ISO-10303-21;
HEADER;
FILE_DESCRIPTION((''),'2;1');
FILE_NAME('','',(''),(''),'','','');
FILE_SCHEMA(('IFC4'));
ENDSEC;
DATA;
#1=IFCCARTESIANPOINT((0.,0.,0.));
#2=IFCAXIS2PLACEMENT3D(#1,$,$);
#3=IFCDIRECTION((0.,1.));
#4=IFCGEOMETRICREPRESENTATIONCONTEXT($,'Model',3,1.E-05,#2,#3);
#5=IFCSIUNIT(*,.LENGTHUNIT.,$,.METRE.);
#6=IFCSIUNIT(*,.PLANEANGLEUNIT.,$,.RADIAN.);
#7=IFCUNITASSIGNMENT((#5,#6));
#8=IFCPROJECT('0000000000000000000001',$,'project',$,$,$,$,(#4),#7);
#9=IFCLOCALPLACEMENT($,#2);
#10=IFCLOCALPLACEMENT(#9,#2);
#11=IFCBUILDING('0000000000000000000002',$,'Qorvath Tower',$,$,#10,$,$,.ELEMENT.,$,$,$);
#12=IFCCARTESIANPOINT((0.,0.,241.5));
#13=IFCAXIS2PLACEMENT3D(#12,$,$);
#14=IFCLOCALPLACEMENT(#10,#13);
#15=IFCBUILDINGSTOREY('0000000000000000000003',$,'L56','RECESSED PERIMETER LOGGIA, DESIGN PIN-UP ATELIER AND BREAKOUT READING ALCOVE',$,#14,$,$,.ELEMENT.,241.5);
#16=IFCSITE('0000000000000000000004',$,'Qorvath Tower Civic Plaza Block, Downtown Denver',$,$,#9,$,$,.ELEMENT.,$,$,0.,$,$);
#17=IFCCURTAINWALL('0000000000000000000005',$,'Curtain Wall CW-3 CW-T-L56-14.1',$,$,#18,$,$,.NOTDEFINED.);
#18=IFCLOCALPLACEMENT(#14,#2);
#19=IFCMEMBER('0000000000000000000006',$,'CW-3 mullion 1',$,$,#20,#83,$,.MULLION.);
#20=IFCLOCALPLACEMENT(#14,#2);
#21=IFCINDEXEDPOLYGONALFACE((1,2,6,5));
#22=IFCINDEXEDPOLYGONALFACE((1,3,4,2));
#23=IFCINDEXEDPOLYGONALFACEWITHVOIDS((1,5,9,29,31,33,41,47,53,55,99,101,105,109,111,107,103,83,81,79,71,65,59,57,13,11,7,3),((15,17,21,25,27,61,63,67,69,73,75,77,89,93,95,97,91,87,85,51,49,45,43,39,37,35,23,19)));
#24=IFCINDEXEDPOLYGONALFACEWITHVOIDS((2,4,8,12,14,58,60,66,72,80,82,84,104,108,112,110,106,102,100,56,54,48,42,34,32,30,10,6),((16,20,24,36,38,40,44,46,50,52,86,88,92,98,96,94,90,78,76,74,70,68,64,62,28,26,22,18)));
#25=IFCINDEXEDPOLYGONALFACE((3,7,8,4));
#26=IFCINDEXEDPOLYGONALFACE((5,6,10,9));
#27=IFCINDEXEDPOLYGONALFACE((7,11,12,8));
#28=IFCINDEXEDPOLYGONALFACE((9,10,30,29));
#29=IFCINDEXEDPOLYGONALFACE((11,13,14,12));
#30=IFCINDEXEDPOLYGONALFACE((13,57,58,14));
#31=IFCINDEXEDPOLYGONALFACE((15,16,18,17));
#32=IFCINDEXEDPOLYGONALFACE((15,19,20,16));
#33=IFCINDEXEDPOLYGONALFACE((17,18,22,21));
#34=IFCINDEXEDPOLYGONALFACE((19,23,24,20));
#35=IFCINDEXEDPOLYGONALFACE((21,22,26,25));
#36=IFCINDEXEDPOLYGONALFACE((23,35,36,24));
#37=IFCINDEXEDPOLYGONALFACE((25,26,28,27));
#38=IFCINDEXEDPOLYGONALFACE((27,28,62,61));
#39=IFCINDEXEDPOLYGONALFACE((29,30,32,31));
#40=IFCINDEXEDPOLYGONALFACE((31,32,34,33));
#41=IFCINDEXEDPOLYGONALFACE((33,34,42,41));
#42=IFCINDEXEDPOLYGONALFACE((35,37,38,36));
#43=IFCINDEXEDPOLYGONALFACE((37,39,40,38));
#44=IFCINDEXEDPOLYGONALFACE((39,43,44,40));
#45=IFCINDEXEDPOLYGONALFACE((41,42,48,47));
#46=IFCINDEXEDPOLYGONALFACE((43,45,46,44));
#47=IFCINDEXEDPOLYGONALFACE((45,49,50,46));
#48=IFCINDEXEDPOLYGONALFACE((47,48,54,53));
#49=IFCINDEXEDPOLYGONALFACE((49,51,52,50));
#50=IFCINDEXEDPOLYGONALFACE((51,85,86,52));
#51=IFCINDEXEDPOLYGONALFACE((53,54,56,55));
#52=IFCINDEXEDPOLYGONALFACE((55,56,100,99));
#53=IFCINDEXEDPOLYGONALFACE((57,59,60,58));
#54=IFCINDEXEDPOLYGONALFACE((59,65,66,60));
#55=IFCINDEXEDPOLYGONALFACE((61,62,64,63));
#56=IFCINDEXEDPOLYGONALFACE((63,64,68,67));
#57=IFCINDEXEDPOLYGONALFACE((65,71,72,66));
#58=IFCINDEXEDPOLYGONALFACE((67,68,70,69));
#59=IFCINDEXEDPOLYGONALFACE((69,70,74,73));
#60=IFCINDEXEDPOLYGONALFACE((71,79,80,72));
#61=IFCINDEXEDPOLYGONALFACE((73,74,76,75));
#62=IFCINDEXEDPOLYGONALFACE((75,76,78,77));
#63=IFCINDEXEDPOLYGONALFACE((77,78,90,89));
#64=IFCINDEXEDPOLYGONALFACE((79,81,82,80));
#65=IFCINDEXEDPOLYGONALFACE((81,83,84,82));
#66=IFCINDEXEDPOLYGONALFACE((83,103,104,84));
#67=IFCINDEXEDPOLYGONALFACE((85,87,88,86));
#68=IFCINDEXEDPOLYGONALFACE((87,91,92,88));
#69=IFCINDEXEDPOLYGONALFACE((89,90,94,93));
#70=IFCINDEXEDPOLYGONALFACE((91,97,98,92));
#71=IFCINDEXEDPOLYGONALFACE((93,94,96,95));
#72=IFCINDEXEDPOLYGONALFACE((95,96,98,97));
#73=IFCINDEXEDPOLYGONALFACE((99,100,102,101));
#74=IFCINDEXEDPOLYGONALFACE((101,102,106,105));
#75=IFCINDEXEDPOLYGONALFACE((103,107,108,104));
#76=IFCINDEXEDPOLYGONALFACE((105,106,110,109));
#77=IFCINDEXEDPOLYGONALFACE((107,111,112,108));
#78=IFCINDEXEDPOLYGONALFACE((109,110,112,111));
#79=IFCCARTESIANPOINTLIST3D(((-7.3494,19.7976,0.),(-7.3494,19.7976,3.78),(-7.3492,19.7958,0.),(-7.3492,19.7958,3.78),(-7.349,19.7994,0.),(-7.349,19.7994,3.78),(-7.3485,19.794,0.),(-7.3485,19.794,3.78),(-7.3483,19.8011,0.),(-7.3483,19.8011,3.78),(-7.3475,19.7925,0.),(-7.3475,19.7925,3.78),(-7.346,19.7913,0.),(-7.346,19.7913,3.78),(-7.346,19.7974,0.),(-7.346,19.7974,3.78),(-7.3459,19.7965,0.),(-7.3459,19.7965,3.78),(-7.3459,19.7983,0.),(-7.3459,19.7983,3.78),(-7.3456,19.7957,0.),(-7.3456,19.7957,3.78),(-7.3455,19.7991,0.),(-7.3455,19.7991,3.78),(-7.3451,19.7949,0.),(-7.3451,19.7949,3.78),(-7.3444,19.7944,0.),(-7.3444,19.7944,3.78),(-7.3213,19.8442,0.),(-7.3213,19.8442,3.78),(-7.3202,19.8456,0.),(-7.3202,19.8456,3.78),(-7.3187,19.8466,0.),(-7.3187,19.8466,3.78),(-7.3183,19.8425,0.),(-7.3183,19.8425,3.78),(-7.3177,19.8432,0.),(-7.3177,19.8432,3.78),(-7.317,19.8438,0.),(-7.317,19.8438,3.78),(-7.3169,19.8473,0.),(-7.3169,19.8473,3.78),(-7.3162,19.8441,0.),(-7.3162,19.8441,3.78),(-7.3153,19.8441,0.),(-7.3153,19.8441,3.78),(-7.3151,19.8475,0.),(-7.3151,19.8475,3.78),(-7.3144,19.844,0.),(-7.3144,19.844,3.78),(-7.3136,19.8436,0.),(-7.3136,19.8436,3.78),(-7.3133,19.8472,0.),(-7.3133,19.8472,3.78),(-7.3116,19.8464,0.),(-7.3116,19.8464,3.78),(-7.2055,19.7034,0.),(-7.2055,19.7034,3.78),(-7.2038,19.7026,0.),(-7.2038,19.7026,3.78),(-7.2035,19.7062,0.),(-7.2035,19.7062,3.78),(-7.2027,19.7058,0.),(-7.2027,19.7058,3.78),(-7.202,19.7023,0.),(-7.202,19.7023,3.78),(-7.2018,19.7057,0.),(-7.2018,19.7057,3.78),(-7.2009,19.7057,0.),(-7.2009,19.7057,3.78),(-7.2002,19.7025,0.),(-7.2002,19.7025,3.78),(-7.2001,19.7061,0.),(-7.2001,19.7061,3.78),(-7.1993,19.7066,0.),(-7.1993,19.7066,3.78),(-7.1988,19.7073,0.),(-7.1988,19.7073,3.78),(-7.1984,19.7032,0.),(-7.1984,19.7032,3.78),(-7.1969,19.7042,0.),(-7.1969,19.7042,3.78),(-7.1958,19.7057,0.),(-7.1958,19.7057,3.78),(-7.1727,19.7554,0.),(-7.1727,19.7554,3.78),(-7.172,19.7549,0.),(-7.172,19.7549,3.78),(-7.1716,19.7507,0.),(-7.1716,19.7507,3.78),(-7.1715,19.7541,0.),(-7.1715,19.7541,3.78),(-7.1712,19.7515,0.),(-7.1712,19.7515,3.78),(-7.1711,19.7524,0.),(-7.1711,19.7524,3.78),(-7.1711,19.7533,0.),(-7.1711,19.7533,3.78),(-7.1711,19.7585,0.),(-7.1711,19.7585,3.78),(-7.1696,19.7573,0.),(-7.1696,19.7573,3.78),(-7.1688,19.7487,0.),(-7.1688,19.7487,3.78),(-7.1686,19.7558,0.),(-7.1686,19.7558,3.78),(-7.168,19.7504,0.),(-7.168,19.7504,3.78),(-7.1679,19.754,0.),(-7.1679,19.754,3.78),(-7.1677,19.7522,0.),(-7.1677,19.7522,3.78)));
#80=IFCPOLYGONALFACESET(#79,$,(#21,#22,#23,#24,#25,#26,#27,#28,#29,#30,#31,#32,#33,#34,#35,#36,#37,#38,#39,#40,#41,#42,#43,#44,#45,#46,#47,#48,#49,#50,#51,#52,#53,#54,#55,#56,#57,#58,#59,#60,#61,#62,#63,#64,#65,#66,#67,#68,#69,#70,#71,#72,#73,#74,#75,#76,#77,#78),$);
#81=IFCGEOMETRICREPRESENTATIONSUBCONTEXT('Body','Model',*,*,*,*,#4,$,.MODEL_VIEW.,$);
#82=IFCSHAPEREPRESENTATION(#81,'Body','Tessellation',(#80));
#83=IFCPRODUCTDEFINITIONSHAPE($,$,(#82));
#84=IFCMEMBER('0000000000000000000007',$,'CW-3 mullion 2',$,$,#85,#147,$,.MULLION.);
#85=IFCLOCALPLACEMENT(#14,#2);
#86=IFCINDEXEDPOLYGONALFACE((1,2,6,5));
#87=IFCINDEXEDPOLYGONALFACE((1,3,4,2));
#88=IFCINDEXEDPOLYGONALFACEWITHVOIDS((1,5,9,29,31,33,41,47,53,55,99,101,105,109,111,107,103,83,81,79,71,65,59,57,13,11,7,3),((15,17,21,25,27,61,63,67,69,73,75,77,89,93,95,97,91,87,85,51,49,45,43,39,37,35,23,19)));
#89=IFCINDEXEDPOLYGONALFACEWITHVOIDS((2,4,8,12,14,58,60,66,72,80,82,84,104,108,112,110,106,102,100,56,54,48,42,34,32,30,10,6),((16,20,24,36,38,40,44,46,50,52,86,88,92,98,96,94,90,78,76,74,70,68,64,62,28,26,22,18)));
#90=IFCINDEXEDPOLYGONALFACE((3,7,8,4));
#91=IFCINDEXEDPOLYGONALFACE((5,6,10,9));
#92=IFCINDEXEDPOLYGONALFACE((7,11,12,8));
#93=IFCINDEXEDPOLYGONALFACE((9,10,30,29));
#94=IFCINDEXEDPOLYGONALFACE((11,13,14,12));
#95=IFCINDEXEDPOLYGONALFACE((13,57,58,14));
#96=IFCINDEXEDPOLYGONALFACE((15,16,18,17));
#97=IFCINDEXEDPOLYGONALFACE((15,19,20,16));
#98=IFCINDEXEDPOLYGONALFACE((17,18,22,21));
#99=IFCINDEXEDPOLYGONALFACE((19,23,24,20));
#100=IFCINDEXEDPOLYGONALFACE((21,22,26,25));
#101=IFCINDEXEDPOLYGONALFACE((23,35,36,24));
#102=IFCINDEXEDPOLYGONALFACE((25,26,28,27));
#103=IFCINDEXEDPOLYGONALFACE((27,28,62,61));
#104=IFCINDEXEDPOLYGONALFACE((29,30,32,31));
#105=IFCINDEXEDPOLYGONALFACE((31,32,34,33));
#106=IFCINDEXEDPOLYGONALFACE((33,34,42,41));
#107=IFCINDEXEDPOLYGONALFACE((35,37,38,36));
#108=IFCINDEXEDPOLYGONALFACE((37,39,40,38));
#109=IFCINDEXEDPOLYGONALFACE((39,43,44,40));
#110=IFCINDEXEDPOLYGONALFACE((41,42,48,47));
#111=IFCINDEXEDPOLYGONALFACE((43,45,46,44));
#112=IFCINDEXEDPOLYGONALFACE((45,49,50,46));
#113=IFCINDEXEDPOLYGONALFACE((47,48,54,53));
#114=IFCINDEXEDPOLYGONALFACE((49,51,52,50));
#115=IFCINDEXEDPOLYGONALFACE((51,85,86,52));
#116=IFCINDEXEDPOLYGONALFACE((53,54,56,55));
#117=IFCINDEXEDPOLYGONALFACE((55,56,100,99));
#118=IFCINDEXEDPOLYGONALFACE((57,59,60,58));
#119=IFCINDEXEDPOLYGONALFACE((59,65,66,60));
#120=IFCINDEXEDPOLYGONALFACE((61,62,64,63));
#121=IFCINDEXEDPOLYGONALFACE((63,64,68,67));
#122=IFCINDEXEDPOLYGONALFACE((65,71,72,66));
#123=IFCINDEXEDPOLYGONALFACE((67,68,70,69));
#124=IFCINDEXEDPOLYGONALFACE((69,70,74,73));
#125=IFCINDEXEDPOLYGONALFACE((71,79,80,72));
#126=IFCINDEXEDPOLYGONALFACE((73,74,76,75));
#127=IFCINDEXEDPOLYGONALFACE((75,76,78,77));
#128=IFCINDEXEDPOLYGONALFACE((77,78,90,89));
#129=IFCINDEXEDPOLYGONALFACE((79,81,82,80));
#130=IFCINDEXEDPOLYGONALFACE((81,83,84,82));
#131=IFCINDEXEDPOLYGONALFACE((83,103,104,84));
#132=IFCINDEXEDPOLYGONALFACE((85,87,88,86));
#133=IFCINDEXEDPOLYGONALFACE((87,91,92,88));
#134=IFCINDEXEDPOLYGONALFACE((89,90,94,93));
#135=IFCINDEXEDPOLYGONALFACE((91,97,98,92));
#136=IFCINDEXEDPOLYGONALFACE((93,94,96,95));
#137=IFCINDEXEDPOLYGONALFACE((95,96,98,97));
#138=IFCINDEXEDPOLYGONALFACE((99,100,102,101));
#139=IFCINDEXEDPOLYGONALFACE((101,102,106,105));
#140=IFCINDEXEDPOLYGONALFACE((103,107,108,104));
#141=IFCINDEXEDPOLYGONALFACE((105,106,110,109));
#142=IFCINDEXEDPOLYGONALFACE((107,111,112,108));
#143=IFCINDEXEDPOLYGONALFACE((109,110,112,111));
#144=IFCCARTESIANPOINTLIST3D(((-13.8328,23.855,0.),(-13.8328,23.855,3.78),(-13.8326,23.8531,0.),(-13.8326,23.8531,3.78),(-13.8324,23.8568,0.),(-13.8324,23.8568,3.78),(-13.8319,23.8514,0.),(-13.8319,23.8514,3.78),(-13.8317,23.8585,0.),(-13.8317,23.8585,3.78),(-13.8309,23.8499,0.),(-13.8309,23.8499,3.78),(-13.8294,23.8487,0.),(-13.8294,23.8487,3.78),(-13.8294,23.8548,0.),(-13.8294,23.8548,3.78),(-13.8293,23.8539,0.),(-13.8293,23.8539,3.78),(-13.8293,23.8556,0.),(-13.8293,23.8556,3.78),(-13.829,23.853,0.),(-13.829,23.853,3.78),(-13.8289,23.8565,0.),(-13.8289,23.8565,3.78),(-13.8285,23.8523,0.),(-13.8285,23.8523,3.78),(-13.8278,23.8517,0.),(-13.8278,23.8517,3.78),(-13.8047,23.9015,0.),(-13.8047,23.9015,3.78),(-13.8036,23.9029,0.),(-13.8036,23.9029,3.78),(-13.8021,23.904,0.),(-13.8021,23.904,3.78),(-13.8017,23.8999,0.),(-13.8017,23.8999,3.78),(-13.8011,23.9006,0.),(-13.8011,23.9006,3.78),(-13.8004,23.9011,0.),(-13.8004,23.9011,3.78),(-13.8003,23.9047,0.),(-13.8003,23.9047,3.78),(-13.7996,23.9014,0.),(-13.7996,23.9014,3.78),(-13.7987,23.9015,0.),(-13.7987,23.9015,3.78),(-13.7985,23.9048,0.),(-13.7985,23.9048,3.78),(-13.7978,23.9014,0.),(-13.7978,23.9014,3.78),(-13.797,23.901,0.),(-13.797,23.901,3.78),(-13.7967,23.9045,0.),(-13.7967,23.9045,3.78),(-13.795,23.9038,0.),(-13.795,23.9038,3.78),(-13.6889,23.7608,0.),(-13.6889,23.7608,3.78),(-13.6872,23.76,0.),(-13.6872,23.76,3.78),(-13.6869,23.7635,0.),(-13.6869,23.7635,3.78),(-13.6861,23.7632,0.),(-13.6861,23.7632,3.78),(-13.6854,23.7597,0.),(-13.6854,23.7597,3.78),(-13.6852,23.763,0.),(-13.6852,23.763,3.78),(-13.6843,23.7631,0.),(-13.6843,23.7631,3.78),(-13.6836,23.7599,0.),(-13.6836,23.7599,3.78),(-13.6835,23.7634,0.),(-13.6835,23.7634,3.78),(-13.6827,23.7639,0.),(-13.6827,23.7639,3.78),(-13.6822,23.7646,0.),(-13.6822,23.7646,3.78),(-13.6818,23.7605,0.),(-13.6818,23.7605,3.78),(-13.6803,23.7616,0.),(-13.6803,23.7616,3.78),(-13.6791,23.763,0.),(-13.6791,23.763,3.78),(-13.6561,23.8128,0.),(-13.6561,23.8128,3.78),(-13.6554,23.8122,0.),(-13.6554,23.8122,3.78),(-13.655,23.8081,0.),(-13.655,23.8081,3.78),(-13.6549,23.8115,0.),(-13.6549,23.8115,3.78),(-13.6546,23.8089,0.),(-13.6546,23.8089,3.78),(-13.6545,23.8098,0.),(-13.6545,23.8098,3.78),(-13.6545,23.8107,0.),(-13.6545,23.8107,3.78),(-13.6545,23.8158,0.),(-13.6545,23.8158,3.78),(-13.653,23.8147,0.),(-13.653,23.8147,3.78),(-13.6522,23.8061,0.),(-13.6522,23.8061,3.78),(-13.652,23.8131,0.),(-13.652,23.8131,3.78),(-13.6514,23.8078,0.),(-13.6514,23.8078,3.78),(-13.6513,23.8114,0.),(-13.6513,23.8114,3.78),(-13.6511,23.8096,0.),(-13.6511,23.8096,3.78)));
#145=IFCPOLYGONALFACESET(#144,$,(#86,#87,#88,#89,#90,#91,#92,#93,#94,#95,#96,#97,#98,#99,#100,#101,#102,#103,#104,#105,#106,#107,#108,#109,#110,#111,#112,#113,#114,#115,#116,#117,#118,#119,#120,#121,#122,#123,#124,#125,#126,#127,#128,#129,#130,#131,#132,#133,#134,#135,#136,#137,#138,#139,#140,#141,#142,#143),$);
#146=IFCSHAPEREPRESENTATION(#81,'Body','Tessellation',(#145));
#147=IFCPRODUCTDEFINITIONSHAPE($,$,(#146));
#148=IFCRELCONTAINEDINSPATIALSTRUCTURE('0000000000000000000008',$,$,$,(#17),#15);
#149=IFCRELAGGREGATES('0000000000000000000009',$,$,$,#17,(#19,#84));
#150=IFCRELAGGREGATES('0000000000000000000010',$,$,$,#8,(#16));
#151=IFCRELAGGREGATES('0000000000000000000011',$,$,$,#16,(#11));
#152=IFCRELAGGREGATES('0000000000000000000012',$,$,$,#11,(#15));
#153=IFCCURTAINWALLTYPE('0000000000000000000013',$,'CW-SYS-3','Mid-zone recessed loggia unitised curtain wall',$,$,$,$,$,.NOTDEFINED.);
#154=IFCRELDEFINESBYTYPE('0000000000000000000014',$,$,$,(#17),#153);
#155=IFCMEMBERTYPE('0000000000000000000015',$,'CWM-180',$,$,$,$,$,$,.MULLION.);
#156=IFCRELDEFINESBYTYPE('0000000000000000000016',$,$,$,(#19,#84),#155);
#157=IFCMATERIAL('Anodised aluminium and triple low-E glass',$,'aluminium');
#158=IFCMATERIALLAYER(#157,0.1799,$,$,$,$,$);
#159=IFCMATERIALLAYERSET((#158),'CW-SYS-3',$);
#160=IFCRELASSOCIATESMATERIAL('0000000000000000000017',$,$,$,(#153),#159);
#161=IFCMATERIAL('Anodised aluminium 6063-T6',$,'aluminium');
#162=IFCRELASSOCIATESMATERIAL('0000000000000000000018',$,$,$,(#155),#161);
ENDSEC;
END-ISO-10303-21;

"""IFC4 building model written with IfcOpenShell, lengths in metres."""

from ifc_helpers import new_model, si_unit, direction, frame, origin, origin_2d, place, context, subcontext, project, spatial, hollow_rectangle, extrude, material, layer, layer_set, material_profile, profile_set, type_object, element, aggregate, save


model = new_model("IFC4")

# Units and contexts
model_context = context("Model", 3, precision=1e-05, world=origin(), true_north=direction((0.0, 1.0)))
body_context = subcontext(model_context, "Body", "Model", "MODEL_VIEW")
ifc_project = project(units=[si_unit("LENGTHUNIT", "METRE"), si_unit("PLANEANGLEUNIT", "RADIAN")], contexts=[model_context])

# Site, building, storey
site_placement = place(None, origin())
site = spatial("IfcSite", under=ifc_project, at=site_placement, Name="Qorvath Tower Civic Plaza Block, Downtown Denver", CompositionType="ELEMENT", RefElevation=0.0)
building_placement = place(site_placement, origin())
building = spatial("IfcBuilding", under=site, at=building_placement, Name="Qorvath Tower", CompositionType="ELEMENT")
storey_placement = place(building_placement, frame((0.0, 0.0, 241.5)))
storey = spatial("IfcBuildingStorey", under=building, at=storey_placement, Name="L56", Description="RECESSED PERIMETER LOGGIA, DESIGN PIN-UP ATELIER AND BREAKOUT READING ALCOVE", CompositionType="ELEMENT", Elevation=241.5)

# Shared definitions
ifc_material_1 = material(Name="Anodised aluminium and triple low-E glass", Category="aluminium")
ifc_layer_1 = layer(ifc_material_1, 0.1799)
ifc_layer_set_1 = layer_set([ifc_layer_1], Name="CW-SYS-3")
curtain_wall_type = type_object("IfcCurtainWallType", Name="CW-SYS-3", Description="Mid-zone recessed loggia unitised curtain wall", PredefinedType="NOTDEFINED", material=ifc_layer_set_1)
ifc_material_2 = material(Name="Anodised aluminium 6063-T6", Category="aluminium")
ifc_material_profile_1 = material_profile(ifc_material_2, hollow_rectangle(XDim=0.0649, YDim=0.1799, WallThickness=0.0034, InnerFilletRadius=0.0034, OuterFilletRadius=0.0071, at=origin_2d()), Name="CWM 180x65")
ifc_profile_set_1 = profile_set([ifc_material_profile_1], Name="Anodised aluminium 6063-T6")
member_type_1 = type_object("IfcMemberType", Name="CWM-180", PredefinedType="MULLION", material=ifc_profile_set_1)

# Curtain wall, members
curtain_wall_1_placement = place(storey_placement, origin())
curtain_wall_1 = element("IfcCurtainWall", 1, at=curtain_wall_1_placement, inside=storey, type_object=curtain_wall_type, Name="Curtain Wall CW-3 CW-T-L56-14.1", PredefinedType="NOTDEFINED")
member_1_placement = place(storey_placement, frame((-7.2585, 19.7749, 0.0), z_axis=(0.0, 0.0, 1.0), x_axis=(-0.530487, -0.847693, 0.0)))
member_1 = element("IfcMember", 2, at=member_1_placement, type_object=member_type_1, Name="CW-3 mullion 1", PredefinedType="MULLION", context=body_context, shape_type="SweptSolid", body=[
    extrude(hollow_rectangle(XDim=0.0649, YDim=0.1799, WallThickness=0.0034, InnerFilletRadius=0.0034, OuterFilletRadius=0.0071, at=origin_2d()), origin(), (0.0, 0.0, 1.0), 3.78),
])
member_2_placement = place(storey_placement, frame((-13.7419, 23.8323, 0.0), z_axis=(0.0, 0.0, 1.0), x_axis=(-0.530487, -0.847693, 0.0)))
member_2 = element("IfcMember", 3, at=member_2_placement, type_object=member_type_1, Name="CW-3 mullion 2", PredefinedType="MULLION", context=body_context, shape_type="SweptSolid", body=[
    extrude(hollow_rectangle(XDim=0.0649, YDim=0.1799, WallThickness=0.0034, InnerFilletRadius=0.0034, OuterFilletRadius=0.0071, at=origin_2d()), origin(), (0.0, 0.0, 1.0), 3.78),
])

aggregate(curtain_wall_1, [member_1, member_2])

save(model, "model.ifc")
